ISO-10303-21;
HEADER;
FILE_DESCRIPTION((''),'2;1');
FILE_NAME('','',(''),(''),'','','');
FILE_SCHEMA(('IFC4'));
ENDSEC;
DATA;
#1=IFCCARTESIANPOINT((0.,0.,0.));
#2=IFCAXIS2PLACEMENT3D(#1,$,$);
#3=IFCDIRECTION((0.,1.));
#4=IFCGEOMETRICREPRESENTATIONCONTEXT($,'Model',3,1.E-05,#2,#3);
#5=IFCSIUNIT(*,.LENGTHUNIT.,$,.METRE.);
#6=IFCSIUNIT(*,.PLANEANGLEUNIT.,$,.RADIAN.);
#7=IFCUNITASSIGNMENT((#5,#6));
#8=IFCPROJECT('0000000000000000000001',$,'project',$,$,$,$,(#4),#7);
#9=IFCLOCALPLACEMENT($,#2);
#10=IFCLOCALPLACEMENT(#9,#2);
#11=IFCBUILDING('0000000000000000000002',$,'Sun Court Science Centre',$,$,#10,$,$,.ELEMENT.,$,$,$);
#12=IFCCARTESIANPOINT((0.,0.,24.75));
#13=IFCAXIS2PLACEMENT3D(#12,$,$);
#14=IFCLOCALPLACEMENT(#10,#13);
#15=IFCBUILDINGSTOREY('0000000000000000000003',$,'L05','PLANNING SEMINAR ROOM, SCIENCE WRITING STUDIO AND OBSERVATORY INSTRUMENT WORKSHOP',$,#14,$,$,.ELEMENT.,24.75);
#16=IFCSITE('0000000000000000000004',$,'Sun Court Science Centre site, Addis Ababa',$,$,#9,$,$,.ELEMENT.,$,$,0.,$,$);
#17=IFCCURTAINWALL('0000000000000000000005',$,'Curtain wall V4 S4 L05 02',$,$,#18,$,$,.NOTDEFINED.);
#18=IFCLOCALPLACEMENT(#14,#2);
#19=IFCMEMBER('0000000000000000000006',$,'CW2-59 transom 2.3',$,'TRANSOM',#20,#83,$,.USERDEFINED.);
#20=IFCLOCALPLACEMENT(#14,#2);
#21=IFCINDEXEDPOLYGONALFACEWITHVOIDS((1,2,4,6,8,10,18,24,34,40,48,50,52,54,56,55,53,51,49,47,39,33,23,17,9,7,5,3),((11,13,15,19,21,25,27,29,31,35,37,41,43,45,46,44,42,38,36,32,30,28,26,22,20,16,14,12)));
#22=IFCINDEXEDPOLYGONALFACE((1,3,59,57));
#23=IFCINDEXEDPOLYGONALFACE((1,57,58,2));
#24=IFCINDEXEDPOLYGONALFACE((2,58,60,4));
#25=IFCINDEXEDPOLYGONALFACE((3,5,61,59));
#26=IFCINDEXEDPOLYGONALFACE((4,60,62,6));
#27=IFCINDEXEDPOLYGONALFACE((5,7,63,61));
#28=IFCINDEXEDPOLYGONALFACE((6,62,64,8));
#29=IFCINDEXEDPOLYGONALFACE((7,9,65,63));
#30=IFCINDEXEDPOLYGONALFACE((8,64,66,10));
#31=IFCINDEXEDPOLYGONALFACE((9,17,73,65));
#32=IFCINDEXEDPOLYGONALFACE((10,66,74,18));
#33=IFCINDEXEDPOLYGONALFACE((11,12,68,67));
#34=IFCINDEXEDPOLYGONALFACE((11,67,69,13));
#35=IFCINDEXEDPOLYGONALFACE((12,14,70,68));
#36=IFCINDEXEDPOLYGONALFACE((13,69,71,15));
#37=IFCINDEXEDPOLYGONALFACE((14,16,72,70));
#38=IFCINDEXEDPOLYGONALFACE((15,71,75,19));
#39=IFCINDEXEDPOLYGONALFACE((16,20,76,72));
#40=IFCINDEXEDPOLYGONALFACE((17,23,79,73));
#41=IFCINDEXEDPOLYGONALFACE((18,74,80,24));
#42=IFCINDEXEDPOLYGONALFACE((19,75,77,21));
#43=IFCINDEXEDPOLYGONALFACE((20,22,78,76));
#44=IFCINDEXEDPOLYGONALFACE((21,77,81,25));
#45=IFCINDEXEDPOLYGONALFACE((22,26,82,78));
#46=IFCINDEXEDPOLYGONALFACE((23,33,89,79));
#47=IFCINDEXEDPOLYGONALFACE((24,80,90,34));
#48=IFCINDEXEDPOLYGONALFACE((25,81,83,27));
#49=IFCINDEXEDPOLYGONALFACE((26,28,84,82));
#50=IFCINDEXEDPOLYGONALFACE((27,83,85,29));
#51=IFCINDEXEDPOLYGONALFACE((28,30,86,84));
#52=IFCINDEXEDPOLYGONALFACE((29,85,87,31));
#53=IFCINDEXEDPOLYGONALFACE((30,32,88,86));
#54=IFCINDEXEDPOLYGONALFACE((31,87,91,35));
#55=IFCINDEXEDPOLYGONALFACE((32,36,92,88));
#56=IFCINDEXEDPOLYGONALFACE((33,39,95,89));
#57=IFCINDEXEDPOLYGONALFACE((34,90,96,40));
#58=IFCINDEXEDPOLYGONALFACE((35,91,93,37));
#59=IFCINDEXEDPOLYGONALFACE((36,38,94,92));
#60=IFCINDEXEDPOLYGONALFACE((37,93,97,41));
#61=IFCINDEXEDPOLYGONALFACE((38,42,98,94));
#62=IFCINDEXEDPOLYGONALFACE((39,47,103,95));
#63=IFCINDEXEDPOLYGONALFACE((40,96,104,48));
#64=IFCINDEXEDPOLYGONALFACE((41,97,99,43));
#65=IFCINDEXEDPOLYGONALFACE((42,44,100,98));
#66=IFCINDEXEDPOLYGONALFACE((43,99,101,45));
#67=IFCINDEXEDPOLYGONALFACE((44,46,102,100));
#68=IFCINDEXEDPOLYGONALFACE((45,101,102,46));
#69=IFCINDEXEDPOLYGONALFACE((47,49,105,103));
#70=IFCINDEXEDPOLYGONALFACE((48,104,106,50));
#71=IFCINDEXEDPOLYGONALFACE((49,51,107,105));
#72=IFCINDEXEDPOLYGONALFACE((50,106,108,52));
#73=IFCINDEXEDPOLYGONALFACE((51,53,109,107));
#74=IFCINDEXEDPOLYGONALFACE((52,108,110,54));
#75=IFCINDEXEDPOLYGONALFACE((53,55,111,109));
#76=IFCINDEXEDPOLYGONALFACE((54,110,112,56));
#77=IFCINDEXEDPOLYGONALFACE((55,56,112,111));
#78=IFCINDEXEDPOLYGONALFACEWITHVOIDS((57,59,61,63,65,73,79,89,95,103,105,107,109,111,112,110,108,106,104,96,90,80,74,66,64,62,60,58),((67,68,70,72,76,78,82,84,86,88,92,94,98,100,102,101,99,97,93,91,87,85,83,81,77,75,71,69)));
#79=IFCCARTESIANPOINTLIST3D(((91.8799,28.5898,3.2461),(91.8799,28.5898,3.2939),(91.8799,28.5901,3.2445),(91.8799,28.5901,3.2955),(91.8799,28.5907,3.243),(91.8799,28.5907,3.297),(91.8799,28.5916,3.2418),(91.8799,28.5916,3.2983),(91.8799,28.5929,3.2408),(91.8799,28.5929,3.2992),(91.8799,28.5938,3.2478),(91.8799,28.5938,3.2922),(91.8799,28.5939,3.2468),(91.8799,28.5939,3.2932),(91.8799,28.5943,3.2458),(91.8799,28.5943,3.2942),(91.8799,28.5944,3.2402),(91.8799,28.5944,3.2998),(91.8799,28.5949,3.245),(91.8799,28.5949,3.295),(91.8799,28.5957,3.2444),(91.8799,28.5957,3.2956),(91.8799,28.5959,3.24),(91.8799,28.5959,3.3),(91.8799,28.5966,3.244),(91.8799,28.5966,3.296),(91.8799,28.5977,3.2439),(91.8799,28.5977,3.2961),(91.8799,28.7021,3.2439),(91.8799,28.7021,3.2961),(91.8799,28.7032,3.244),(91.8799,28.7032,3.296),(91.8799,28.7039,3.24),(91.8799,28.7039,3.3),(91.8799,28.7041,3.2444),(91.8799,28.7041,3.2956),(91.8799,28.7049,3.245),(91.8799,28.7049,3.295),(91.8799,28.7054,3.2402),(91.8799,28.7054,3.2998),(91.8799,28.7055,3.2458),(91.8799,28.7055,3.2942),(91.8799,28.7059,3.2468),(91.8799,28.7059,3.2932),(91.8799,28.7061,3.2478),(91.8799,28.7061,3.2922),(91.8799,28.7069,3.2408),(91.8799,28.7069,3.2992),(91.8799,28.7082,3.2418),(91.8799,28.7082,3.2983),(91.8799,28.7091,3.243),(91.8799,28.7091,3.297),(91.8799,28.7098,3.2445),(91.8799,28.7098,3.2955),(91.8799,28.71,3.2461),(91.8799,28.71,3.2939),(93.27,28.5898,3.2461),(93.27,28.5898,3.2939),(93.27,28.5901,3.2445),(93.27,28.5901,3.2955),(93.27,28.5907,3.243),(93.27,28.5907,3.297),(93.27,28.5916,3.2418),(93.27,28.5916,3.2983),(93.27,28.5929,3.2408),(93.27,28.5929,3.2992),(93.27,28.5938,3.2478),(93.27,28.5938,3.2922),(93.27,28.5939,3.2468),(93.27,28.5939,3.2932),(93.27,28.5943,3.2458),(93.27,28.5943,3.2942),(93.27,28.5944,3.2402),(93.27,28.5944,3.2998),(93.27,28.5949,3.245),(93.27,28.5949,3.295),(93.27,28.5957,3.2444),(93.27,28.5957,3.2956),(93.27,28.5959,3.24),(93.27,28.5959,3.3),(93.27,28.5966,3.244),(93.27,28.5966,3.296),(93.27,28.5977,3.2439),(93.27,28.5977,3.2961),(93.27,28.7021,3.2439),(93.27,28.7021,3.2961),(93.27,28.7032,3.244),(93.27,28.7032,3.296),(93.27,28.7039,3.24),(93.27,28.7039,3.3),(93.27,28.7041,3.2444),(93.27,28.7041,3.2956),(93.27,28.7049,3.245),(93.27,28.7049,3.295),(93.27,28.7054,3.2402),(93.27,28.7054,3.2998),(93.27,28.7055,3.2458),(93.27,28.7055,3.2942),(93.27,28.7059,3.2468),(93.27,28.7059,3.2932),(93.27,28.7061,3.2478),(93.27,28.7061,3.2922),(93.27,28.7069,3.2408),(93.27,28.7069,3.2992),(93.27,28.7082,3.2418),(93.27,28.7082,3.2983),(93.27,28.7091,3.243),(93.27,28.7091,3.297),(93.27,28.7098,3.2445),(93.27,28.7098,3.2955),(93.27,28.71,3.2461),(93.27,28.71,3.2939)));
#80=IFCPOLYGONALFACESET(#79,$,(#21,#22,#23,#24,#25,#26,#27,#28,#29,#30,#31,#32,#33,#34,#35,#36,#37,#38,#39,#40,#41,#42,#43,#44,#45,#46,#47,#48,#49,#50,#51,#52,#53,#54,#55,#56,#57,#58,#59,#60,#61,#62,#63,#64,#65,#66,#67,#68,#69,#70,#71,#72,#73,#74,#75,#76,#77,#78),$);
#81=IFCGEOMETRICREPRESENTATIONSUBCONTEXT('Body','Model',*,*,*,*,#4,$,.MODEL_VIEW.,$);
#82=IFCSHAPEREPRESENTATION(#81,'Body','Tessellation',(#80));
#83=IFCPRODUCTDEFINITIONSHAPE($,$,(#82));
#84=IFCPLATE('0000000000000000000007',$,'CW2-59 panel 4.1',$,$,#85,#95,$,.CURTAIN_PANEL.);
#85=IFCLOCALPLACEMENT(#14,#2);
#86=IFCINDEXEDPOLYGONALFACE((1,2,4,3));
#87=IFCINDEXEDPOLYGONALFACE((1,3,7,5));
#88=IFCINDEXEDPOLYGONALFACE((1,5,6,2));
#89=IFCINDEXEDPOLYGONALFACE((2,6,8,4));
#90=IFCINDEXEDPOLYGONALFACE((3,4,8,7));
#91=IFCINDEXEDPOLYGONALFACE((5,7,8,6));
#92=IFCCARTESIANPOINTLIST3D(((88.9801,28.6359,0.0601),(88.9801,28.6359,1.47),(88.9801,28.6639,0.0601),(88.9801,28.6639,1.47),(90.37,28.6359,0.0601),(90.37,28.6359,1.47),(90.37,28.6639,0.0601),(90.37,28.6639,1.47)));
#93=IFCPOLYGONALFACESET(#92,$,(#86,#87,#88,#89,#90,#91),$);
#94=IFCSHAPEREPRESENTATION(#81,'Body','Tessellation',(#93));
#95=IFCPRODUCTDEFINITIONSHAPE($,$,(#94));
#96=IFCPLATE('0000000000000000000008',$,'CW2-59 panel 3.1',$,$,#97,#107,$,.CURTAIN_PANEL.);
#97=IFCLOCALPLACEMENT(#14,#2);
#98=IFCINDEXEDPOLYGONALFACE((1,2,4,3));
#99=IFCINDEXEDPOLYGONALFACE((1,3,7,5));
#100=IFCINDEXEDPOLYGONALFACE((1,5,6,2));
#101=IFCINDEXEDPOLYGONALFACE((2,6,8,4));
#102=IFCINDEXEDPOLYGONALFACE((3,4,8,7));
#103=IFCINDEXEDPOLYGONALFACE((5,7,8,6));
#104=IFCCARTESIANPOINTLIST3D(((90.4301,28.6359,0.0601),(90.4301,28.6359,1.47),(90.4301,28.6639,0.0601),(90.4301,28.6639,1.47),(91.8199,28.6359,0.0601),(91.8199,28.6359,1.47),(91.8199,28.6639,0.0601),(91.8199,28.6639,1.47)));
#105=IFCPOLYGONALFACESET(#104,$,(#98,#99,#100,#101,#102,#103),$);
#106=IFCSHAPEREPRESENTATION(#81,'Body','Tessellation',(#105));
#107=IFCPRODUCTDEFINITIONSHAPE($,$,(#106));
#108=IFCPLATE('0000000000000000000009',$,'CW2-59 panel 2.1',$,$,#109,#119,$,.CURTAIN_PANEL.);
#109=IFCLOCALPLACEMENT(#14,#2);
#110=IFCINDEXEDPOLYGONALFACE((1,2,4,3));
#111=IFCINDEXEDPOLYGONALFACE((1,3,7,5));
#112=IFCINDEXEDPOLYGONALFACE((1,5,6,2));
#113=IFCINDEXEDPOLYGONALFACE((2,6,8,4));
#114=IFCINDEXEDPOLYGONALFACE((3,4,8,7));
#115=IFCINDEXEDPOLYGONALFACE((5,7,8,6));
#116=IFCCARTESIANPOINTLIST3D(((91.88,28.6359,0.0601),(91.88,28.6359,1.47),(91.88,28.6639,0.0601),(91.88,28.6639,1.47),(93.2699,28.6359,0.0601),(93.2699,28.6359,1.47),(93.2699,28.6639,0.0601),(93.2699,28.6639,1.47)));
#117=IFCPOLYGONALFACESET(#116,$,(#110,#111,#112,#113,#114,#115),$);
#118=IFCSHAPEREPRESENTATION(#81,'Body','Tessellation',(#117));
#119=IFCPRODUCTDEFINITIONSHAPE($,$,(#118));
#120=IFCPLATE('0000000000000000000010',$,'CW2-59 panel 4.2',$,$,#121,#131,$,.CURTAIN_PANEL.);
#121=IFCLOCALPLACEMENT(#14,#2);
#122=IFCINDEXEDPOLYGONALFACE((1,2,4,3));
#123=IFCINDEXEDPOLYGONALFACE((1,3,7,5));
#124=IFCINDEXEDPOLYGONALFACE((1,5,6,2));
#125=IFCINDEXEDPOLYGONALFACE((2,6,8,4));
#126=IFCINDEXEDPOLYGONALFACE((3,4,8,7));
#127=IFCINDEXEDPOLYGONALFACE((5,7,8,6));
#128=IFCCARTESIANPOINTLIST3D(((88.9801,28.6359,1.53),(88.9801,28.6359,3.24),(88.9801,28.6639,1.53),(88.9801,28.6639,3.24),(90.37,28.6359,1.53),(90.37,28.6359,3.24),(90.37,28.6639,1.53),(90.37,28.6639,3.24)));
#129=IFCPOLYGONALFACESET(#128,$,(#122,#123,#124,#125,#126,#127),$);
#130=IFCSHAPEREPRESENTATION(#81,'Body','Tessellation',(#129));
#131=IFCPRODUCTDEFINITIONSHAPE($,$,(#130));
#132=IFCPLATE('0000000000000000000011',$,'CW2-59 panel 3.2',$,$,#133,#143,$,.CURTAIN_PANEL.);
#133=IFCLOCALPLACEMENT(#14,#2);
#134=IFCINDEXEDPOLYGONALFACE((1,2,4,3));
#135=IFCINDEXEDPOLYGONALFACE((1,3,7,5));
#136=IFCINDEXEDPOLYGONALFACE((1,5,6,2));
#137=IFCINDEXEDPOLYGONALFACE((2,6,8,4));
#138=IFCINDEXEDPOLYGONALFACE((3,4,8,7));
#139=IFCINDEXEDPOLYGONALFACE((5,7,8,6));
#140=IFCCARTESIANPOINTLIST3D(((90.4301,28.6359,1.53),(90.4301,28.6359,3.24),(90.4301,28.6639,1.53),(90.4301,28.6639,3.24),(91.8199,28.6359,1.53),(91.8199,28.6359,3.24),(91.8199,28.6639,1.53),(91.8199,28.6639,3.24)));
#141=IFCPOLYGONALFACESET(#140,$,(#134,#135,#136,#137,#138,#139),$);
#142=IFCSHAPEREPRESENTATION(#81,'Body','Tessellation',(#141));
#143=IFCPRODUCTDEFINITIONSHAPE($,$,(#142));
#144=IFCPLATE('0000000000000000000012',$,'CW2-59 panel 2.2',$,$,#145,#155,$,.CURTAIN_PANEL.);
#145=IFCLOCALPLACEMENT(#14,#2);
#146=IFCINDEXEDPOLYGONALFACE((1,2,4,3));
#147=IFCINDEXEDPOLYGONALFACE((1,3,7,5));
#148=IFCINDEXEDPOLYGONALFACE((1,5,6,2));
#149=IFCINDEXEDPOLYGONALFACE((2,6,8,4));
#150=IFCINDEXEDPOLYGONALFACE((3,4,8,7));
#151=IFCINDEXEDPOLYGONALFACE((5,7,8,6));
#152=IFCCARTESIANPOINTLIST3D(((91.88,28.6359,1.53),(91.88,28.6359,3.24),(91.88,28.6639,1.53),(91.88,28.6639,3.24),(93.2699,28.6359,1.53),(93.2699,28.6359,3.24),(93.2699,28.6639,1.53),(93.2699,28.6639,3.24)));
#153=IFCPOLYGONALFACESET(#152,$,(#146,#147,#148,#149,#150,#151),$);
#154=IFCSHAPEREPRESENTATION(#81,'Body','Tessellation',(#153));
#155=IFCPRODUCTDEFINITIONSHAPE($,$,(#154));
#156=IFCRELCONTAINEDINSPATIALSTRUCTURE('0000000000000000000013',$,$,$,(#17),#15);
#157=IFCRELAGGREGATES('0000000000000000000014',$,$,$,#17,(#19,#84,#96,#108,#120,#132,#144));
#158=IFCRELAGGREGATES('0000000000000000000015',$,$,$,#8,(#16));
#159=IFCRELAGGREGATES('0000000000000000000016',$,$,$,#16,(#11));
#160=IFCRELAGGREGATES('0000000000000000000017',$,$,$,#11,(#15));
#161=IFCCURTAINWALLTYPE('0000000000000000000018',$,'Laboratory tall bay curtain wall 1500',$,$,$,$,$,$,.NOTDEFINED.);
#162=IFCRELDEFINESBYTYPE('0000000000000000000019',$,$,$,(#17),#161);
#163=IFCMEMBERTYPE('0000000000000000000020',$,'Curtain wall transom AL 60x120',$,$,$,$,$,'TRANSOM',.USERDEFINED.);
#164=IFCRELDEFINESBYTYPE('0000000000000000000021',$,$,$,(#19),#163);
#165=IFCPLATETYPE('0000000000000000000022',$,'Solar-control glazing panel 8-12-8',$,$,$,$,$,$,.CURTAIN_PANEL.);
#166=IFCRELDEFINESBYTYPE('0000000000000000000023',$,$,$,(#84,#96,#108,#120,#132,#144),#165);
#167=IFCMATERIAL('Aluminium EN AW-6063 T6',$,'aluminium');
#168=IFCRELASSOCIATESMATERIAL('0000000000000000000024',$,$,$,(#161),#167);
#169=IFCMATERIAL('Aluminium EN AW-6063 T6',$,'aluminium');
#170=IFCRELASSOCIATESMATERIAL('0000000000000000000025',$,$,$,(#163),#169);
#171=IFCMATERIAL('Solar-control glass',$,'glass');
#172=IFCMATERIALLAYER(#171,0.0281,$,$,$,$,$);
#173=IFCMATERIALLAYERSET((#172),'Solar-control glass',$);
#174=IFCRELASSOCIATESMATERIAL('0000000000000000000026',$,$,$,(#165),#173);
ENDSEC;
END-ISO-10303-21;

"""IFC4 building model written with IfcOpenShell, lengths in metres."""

from ifc_helpers import new_model, si_unit, direction, frame, origin, origin_2d, place, context, subcontext, project, spatial, rectangle, hollow_rectangle, extrude, material, layer, layer_set, material_profile, profile_set, type_object, element, aggregate, save


model = new_model("IFC4")

# Units and contexts
model_context = context("Model", 3, precision=1e-05, world=origin(), true_north=direction((0.0, 1.0)))
body_context = subcontext(model_context, "Body", "Model", "MODEL_VIEW")
ifc_project = project(units=[si_unit("LENGTHUNIT", "METRE"), si_unit("PLANEANGLEUNIT", "RADIAN")], contexts=[model_context])

# Site, building, storey
site_placement = place(None, origin())
site = spatial("IfcSite", under=ifc_project, at=site_placement, Name="Sun Court Science Centre site, Addis Ababa", CompositionType="ELEMENT", RefElevation=0.0)
building_placement = place(site_placement, origin())
building = spatial("IfcBuilding", under=site, at=building_placement, Name="Sun Court Science Centre", CompositionType="ELEMENT")
storey_placement = place(building_placement, frame((0.0, 0.0, 24.75)))
storey = spatial("IfcBuildingStorey", under=building, at=storey_placement, Name="L05", Description="PLANNING SEMINAR ROOM, SCIENCE WRITING STUDIO AND OBSERVATORY INSTRUMENT WORKSHOP", CompositionType="ELEMENT", Elevation=24.75)

# Curtain wall, member, plates
ifc_material_1 = material(Name="Aluminium EN AW-6063 T6", Category="aluminium")
curtain_wall_type = type_object("IfcCurtainWallType", Name="Laboratory tall bay curtain wall 1500", PredefinedType="NOTDEFINED", material=ifc_material_1)
curtain_wall_placement = place(storey_placement, origin())
curtain_wall = element("IfcCurtainWall", 1, at=curtain_wall_placement, inside=storey, type_object=curtain_wall_type, Name="Curtain wall V4 S4 L05 02", PredefinedType="NOTDEFINED")
ifc_material_2 = material(Name="Aluminium EN AW-6063 T6", Category="aluminium")
ifc_material_profile_1 = material_profile(ifc_material_2, hollow_rectangle(XDim=0.0601, YDim=0.1201, WallThickness=0.0039, InnerFilletRadius=0.0039, OuterFilletRadius=0.0061, at=origin_2d()), Name="AL 60x120x4")
ifc_profile_set_1 = profile_set([ifc_material_profile_1], Name="Aluminium EN AW-6063 T6")
member_type_1 = type_object("IfcMemberType", Name="Curtain wall transom AL 60x120", ElementType="TRANSOM", PredefinedType="USERDEFINED", material=ifc_profile_set_1)
member_1_placement = place(storey_placement, frame((93.27, 28.6499, 3.27), z_axis=(-1.0, 0.0, 0.0), x_axis=(0.0, 0.0, 1.0)))
member_1 = element("IfcMember", 2, at=member_1_placement, type_object=member_type_1, Name="CW2-59 transom 2.3", ObjectType="TRANSOM", PredefinedType="USERDEFINED", context=body_context, shape_type="SweptSolid", body=[
    extrude(hollow_rectangle(XDim=0.0601, YDim=0.1201, WallThickness=0.0039, InnerFilletRadius=0.0039, OuterFilletRadius=0.0061, at=origin_2d()), origin(), (0.0, 0.0, 1.0), 1.3901),
])
ifc_material_3 = material(Name="Solar-control glass", Category="glass")
ifc_layer = layer(ifc_material_3, 0.0281)
ifc_layer_set = layer_set([ifc_layer], Name="Solar-control glass")
plate_type = type_object("IfcPlateType", Name="Solar-control glazing panel 8-12-8", PredefinedType="CURTAIN_PANEL", material=ifc_layer_set)
plate_1_placement = place(storey_placement, frame((89.675, 28.6499, 0.0601), z_axis=(0.0, 0.0, 1.0), x_axis=(-1.0, 0.0, 0.0)))
plate_1 = element("IfcPlate", 3, at=plate_1_placement, type_object=plate_type, Name="CW2-59 panel 4.1", PredefinedType="CURTAIN_PANEL", context=body_context, shape_type="SweptSolid", body=[
    extrude(rectangle(XDim=1.3899, YDim=0.0281, at=origin_2d()), origin(), (0.0, 0.0, 1.0), 1.4099),
])
plate_2_placement = place(storey_placement, frame((91.125, 28.6499, 0.0601), z_axis=(0.0, 0.0, 1.0), x_axis=(-1.0, 0.0, 0.0)))
plate_2 = element("IfcPlate", 4, at=plate_2_placement, type_object=plate_type, Name="CW2-59 panel 3.1", PredefinedType="CURTAIN_PANEL", context=body_context, shape_type="SweptSolid", body=[
    extrude(rectangle(XDim=1.3899, YDim=0.0281, at=origin_2d()), origin(), (0.0, 0.0, 1.0), 1.4099),
])
plate_3_placement = place(storey_placement, frame((92.575, 28.6499, 0.0601), z_axis=(0.0, 0.0, 1.0), x_axis=(-1.0, 0.0, 0.0)))
plate_3 = element("IfcPlate", 5, at=plate_3_placement, type_object=plate_type, Name="CW2-59 panel 2.1", PredefinedType="CURTAIN_PANEL", context=body_context, shape_type="SweptSolid", body=[
    extrude(rectangle(XDim=1.3899, YDim=0.0281, at=origin_2d()), origin(), (0.0, 0.0, 1.0), 1.4099),
])
plate_4_placement = place(storey_placement, frame((89.675, 28.6499, 1.53), z_axis=(0.0, 0.0, 1.0), x_axis=(-1.0, 0.0, 0.0)))
plate_4 = element("IfcPlate", 6, at=plate_4_placement, type_object=plate_type, Name="CW2-59 panel 4.2", PredefinedType="CURTAIN_PANEL", context=body_context, shape_type="SweptSolid", body=[
    extrude(rectangle(XDim=1.3899, YDim=0.0281, at=origin_2d()), origin(), (0.0, 0.0, 1.0), 1.71),
])
plate_5_placement = place(storey_placement, frame((91.125, 28.6499, 1.53), z_axis=(0.0, 0.0, 1.0), x_axis=(-1.0, 0.0, 0.0)))
plate_5 = element("IfcPlate", 7, at=plate_5_placement, type_object=plate_type, Name="CW2-59 panel 3.2", PredefinedType="CURTAIN_PANEL", context=body_context, shape_type="SweptSolid", body=[
    extrude(rectangle(XDim=1.3899, YDim=0.0281, at=origin_2d()), origin(), (0.0, 0.0, 1.0), 1.71),
])
plate_6_placement = place(storey_placement, frame((92.575, 28.6499, 1.53), z_axis=(0.0, 0.0, 1.0), x_axis=(-1.0, 0.0, 0.0)))
plate_6 = element("IfcPlate", 8, at=plate_6_placement, type_object=plate_type, Name="CW2-59 panel 2.2", PredefinedType="CURTAIN_PANEL", context=body_context, shape_type="SweptSolid", body=[
    extrude(rectangle(XDim=1.3899, YDim=0.0281, at=origin_2d()), origin(), (0.0, 0.0, 1.0), 1.71),
])
aggregate(curtain_wall, [member_1, plate_1, plate_2, plate_3, plate_4, plate_5, plate_6])

save(model, "model.ifc")
